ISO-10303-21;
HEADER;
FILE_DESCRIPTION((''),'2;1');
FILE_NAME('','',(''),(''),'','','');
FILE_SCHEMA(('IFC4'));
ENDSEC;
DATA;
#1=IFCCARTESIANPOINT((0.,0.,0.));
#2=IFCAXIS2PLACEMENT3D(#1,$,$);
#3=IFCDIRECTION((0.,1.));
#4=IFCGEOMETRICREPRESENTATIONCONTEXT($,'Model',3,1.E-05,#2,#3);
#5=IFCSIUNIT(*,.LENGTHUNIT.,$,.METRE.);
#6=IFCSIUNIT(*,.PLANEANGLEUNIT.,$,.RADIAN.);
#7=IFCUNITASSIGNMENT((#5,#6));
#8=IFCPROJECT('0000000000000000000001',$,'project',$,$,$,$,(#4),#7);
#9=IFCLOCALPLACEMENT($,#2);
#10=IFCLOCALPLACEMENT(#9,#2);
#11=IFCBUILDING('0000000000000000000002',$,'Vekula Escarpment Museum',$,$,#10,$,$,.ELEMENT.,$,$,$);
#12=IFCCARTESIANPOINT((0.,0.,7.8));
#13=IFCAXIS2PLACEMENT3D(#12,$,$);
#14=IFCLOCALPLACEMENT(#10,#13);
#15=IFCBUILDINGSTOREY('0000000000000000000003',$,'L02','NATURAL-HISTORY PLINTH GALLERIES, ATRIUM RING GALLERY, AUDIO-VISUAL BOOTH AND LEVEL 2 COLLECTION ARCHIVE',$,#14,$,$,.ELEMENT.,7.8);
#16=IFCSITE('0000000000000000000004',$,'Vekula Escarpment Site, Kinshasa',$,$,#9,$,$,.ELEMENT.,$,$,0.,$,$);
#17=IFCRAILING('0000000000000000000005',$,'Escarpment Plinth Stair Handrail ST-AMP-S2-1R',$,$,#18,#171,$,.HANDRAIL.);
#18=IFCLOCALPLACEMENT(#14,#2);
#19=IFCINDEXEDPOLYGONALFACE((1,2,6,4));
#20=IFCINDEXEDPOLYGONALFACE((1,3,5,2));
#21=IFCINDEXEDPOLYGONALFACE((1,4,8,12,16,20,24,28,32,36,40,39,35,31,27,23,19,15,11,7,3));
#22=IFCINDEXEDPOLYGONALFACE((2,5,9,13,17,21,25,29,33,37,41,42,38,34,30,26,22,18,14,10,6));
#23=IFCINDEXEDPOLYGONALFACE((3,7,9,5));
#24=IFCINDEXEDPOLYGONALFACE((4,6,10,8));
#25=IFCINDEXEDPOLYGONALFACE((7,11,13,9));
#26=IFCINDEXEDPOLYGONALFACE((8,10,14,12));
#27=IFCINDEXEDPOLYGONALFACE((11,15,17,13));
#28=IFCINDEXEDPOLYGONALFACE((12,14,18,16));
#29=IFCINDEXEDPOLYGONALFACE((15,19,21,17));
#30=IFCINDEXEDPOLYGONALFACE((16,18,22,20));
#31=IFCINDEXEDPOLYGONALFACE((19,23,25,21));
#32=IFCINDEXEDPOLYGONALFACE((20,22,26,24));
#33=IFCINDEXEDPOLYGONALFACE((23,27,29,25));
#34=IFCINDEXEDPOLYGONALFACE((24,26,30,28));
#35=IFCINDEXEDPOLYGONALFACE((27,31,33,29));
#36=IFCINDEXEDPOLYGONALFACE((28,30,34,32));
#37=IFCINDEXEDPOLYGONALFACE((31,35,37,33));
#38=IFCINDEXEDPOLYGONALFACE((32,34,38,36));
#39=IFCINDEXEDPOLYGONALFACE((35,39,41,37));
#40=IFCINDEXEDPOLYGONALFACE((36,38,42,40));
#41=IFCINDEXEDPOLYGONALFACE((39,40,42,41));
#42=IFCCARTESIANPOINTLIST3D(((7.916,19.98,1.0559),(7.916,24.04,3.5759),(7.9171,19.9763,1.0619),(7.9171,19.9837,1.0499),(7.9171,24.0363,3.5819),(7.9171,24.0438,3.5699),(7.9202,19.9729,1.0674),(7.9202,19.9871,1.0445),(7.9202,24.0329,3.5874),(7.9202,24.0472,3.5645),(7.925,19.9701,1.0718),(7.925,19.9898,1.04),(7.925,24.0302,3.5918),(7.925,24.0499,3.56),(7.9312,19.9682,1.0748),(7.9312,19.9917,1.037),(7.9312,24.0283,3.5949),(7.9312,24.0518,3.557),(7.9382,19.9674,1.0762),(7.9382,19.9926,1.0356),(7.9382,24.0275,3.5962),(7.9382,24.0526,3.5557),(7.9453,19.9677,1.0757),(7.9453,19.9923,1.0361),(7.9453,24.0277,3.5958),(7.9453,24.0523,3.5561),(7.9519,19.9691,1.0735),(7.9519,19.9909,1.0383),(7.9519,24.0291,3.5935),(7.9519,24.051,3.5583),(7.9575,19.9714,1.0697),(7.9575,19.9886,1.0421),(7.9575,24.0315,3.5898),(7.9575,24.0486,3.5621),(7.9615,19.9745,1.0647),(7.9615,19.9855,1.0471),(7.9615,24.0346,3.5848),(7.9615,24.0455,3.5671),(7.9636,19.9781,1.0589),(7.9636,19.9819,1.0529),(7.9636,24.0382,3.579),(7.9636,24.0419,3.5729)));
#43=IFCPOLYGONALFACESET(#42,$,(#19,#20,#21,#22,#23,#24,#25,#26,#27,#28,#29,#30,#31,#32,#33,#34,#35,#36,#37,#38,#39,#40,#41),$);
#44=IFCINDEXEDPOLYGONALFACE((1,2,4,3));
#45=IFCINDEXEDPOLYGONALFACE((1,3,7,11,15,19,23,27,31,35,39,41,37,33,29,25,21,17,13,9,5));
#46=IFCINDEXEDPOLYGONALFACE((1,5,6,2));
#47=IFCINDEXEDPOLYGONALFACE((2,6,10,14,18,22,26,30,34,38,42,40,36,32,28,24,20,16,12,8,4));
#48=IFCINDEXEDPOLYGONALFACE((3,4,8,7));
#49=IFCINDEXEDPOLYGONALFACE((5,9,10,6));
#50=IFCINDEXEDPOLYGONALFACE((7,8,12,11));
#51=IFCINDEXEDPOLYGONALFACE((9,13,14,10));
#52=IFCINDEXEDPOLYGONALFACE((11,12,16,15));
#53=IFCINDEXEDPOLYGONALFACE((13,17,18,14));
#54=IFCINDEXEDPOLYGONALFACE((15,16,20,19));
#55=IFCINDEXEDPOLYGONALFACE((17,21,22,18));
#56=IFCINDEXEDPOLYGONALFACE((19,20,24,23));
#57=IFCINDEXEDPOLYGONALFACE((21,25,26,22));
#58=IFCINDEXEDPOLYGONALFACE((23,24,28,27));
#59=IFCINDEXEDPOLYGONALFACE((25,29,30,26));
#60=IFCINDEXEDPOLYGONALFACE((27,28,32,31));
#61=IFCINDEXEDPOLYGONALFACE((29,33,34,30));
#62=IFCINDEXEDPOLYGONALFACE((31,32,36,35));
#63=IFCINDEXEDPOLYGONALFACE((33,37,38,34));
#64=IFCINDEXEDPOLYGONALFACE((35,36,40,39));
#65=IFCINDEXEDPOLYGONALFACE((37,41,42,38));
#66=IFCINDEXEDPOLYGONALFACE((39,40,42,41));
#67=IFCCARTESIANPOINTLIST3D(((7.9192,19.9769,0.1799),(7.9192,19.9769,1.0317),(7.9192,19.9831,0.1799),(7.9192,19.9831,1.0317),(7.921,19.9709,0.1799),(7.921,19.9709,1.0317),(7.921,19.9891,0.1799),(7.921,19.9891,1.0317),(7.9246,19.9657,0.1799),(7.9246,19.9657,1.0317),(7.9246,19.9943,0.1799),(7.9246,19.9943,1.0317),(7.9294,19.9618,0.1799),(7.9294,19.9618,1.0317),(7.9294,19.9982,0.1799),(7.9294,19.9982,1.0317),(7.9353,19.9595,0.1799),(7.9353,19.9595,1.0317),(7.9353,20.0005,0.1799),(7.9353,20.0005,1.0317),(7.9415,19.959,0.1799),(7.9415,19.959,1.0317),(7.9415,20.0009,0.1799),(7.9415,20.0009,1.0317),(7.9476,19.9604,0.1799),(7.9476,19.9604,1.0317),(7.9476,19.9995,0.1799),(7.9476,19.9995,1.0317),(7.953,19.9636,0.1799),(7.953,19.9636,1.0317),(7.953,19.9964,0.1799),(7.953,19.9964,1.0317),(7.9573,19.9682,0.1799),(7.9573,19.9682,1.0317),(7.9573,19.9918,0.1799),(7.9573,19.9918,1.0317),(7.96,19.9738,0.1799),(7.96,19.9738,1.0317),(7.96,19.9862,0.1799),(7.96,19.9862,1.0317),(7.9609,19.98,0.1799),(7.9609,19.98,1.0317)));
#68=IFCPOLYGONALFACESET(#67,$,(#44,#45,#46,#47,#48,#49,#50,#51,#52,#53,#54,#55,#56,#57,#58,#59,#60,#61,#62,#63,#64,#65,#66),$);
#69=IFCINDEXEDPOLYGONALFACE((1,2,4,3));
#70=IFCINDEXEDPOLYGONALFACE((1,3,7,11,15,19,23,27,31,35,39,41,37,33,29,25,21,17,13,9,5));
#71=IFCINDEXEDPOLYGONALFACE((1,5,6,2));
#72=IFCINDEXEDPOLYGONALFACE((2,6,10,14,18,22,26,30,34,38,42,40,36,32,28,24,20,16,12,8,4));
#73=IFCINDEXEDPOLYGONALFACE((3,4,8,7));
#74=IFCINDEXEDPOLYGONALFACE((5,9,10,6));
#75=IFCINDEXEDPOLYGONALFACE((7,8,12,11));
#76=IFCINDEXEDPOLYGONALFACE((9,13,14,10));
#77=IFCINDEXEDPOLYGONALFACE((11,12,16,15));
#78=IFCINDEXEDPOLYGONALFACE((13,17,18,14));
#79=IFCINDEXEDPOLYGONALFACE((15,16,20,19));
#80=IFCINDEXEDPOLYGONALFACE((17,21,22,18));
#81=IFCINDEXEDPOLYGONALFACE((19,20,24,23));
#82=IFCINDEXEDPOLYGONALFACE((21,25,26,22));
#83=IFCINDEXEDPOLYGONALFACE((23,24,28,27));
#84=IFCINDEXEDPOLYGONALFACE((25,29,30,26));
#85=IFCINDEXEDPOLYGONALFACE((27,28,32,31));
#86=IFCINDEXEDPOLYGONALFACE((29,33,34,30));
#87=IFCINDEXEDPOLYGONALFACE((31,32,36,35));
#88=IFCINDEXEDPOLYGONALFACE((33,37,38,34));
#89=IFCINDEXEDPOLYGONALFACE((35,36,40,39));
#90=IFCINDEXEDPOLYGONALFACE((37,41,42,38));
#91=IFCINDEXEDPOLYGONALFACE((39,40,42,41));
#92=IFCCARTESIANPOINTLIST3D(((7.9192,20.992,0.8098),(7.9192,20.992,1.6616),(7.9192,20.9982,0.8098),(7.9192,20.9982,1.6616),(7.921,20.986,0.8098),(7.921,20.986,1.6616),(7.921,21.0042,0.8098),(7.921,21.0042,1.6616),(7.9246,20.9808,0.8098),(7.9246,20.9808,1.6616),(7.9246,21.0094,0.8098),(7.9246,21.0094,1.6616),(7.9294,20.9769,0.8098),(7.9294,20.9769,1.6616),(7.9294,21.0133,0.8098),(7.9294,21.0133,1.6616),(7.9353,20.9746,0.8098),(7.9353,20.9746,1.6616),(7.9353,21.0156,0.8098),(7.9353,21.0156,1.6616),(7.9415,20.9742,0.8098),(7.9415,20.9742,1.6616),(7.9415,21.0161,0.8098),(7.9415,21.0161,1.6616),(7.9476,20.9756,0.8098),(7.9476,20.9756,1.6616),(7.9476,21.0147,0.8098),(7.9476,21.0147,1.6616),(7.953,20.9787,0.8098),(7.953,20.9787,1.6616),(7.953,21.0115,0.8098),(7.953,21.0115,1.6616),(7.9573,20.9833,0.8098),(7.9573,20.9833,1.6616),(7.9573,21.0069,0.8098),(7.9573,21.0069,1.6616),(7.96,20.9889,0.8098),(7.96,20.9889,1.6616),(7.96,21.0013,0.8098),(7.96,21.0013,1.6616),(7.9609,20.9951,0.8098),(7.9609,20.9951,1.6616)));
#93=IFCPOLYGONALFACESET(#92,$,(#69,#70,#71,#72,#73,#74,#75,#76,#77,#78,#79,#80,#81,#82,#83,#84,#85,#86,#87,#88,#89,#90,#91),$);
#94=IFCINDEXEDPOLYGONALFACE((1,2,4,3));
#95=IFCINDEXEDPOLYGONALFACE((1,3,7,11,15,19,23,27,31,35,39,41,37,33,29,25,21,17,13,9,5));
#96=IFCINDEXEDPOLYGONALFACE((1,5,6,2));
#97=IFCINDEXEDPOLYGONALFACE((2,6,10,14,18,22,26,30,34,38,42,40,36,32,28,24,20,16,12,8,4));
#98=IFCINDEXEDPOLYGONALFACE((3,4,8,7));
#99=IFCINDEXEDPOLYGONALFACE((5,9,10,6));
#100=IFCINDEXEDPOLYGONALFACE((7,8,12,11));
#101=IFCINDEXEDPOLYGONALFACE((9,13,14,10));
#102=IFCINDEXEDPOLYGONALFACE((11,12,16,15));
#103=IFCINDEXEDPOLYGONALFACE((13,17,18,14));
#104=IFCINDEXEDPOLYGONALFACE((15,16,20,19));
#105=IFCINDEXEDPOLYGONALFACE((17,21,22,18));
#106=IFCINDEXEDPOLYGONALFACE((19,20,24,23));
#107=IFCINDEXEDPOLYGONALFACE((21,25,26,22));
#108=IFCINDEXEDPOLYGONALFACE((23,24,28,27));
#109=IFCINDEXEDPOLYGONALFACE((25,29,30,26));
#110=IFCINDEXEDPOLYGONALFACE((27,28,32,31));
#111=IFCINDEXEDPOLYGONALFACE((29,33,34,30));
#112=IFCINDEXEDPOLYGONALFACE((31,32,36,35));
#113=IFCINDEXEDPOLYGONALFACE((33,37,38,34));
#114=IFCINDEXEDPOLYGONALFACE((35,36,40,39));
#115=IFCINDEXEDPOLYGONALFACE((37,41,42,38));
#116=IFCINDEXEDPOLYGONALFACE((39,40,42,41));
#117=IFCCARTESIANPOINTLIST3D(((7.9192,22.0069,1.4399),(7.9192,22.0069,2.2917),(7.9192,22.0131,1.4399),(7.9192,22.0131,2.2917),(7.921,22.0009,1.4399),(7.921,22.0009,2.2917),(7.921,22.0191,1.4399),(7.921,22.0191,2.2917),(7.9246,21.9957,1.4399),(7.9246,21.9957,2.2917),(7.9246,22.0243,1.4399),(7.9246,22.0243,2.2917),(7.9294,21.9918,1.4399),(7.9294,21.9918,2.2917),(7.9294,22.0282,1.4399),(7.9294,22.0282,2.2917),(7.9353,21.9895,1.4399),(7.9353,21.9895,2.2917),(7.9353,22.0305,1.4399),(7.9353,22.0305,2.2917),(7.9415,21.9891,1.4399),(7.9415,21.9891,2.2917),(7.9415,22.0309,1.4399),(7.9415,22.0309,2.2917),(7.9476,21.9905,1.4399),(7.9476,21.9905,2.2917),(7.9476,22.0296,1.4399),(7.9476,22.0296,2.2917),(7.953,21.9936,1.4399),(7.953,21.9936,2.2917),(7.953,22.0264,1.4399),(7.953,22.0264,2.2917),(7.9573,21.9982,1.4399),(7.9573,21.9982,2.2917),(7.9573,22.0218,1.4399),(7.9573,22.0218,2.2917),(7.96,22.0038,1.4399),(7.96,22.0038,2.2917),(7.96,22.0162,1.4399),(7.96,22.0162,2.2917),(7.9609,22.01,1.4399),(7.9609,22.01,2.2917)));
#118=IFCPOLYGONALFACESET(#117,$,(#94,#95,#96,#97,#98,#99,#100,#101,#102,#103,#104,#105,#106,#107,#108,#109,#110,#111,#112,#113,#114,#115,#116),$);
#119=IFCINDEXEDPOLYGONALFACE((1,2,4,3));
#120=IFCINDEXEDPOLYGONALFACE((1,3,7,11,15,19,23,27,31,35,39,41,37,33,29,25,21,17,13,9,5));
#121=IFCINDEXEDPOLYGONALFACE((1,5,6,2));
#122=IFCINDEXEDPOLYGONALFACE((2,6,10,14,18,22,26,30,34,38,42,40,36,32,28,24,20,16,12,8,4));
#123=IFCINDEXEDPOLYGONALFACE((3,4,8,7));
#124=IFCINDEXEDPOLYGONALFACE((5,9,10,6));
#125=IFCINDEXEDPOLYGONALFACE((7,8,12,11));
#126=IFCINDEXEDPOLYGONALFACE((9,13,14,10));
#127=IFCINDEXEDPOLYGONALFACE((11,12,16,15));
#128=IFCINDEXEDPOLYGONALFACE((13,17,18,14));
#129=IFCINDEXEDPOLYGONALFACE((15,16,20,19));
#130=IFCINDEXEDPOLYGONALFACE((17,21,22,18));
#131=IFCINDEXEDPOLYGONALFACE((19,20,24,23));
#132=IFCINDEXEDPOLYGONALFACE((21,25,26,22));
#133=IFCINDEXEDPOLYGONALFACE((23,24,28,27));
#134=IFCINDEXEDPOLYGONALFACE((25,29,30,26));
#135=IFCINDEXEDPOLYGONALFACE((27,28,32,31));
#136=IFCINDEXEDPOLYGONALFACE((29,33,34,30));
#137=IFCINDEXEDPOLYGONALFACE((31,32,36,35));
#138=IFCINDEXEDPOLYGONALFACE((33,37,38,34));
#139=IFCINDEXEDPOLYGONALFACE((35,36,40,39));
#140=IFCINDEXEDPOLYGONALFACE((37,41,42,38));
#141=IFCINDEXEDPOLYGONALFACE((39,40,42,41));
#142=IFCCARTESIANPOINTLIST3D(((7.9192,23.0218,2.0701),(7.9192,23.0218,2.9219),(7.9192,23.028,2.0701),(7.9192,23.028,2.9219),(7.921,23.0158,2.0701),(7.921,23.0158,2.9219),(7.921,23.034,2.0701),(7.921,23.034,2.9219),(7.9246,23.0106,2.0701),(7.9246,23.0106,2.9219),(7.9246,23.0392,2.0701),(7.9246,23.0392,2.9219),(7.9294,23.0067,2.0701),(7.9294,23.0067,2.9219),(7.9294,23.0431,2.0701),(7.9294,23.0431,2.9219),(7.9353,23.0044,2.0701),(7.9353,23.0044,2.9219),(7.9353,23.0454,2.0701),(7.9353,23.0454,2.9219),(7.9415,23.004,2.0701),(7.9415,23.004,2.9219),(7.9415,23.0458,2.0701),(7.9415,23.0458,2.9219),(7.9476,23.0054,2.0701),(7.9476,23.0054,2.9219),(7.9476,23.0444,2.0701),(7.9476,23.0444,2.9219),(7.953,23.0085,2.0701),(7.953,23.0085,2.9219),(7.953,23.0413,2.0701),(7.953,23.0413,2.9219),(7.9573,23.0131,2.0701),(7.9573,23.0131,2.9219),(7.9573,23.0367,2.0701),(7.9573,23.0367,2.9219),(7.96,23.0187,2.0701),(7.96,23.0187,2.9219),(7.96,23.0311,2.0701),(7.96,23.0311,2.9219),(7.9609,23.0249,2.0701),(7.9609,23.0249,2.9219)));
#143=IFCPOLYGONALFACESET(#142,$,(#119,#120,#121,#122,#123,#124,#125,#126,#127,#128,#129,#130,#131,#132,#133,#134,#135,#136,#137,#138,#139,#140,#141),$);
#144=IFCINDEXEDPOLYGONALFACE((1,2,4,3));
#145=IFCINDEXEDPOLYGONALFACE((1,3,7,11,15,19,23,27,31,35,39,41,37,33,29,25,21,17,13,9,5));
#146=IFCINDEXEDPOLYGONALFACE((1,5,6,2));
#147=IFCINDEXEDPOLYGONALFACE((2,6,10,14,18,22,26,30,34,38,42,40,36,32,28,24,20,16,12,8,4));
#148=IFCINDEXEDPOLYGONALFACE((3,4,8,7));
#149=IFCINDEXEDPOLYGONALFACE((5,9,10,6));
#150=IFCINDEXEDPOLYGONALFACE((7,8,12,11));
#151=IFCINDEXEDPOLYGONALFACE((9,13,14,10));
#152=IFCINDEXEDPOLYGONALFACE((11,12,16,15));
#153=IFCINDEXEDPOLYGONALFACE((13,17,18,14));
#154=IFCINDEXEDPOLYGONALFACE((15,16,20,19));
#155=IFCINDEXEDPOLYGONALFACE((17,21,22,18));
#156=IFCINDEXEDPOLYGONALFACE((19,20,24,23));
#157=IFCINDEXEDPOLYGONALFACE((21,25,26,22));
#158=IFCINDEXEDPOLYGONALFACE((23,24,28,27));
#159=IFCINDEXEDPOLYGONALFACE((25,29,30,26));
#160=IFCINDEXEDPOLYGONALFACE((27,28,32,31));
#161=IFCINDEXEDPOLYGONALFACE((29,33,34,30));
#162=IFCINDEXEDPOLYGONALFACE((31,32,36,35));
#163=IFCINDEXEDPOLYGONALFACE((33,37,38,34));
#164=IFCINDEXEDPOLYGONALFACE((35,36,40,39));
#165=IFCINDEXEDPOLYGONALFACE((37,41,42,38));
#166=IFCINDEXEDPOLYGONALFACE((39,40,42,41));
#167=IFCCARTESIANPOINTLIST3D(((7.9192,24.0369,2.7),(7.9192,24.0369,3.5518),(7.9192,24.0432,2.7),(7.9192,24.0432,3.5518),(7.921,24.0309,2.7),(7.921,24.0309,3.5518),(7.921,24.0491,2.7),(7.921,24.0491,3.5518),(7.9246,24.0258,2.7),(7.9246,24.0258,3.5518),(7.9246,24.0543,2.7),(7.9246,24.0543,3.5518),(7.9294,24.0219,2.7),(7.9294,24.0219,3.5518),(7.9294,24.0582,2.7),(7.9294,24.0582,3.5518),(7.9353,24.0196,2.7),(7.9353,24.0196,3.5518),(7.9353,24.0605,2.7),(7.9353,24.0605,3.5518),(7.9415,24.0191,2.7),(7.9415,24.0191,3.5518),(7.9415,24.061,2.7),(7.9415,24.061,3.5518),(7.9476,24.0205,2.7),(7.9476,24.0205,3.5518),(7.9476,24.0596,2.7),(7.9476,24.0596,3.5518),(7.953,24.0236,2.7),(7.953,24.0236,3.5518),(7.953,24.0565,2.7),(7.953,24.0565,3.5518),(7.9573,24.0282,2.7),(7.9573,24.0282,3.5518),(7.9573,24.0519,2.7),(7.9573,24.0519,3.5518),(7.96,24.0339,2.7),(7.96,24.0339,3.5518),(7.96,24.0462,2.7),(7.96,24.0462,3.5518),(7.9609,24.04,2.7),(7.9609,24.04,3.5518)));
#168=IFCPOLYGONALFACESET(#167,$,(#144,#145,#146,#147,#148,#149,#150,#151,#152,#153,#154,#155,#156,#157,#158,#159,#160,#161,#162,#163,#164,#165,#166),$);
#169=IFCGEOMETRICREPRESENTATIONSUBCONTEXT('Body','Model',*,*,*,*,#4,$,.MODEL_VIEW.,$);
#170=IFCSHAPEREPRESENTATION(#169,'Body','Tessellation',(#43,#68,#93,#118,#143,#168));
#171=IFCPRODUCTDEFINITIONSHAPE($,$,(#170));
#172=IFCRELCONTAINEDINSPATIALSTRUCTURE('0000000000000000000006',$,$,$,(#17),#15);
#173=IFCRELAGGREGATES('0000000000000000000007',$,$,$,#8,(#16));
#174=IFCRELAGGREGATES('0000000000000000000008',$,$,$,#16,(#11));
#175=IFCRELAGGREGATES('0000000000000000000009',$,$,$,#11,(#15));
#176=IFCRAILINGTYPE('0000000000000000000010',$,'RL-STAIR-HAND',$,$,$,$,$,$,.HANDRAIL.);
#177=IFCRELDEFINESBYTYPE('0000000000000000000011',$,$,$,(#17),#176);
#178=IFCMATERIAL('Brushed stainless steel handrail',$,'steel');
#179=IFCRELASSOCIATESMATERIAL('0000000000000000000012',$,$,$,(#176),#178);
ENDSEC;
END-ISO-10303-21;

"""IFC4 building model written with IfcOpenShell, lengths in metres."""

from ifc_helpers import new_model, si_unit, direction, frame, origin, origin_2d, place, context, subcontext, project, spatial, circle, extrude, material, type_object, element, save


model = new_model("IFC4")

# Units and contexts
model_context = context("Model", 3, precision=1e-05, world=origin(), true_north=direction((0.0, 1.0)))
body_context = subcontext(model_context, "Body", "Model", "MODEL_VIEW")
ifc_project = project(units=[si_unit("LENGTHUNIT", "METRE"), si_unit("PLANEANGLEUNIT", "RADIAN")], contexts=[model_context])

# Site, building, storey
site_placement = place(None, origin())
site = spatial("IfcSite", under=ifc_project, at=site_placement, Name="Vekula Escarpment Site, Kinshasa", CompositionType="ELEMENT", RefElevation=0.0)
building_placement = place(site_placement, origin())
building = spatial("IfcBuilding", under=site, at=building_placement, Name="Vekula Escarpment Museum", CompositionType="ELEMENT")
storey_placement = place(building_placement, frame((0.0, 0.0, 7.8)))
storey = spatial("IfcBuildingStorey", under=building, at=storey_placement, Name="L02", Description="NATURAL-HISTORY PLINTH GALLERIES, ATRIUM RING GALLERY, AUDIO-VISUAL BOOTH AND LEVEL 2 COLLECTION ARCHIVE", CompositionType="ELEMENT", Elevation=7.8)

# Railing
ifc_material_1 = material(Name="Brushed stainless steel handrail", Category="steel")
railing_type_1 = type_object("IfcRailingType", Name="RL-STAIR-HAND", PredefinedType="HANDRAIL", material=ifc_material_1)
for number, where, name in (
    (1, (7.9399, 19.98, 0.1799), "Escarpment Plinth Stair Handrail ST-AMP-S2-1R"),
):
    element("IfcRailing", number, at=place(storey_placement, frame(where)), inside=storey, type_object=railing_type_1, Name=name, PredefinedType="HANDRAIL", context=body_context, shape_type="SweptSolid", body=[
        extrude(circle(Radius=0.0239, at=origin_2d()), frame((0.0, 0.0, 0.876), z_axis=(0.0, 0.849642, 0.52736), x_axis=(-1.0, 0.0, 0.0)), (0.0, 0.0, 1.0), 4.7786),
        extrude(circle(Radius=0.021, at=origin_2d()), origin(), (0.0, 0.0, 1.0), 0.8518),
        extrude(circle(Radius=0.021, at=origin_2d()), frame((0.0, 1.0151, 0.6299)), (0.0, 0.0, 1.0), 0.8518),
        extrude(circle(Radius=0.021, at=origin_2d()), frame((0.0, 2.03, 1.26)), (0.0, 0.0, 1.0), 0.8518),
        extrude(circle(Radius=0.021, at=origin_2d()), frame((0.0, 3.0449, 1.8901)), (0.0, 0.0, 1.0), 0.8518),
        extrude(circle(Radius=0.021, at=origin_2d()), frame((0.0, 4.0601, 2.52)), (0.0, 0.0, 1.0), 0.8518),
    ])

save(model, "model.ifc")
